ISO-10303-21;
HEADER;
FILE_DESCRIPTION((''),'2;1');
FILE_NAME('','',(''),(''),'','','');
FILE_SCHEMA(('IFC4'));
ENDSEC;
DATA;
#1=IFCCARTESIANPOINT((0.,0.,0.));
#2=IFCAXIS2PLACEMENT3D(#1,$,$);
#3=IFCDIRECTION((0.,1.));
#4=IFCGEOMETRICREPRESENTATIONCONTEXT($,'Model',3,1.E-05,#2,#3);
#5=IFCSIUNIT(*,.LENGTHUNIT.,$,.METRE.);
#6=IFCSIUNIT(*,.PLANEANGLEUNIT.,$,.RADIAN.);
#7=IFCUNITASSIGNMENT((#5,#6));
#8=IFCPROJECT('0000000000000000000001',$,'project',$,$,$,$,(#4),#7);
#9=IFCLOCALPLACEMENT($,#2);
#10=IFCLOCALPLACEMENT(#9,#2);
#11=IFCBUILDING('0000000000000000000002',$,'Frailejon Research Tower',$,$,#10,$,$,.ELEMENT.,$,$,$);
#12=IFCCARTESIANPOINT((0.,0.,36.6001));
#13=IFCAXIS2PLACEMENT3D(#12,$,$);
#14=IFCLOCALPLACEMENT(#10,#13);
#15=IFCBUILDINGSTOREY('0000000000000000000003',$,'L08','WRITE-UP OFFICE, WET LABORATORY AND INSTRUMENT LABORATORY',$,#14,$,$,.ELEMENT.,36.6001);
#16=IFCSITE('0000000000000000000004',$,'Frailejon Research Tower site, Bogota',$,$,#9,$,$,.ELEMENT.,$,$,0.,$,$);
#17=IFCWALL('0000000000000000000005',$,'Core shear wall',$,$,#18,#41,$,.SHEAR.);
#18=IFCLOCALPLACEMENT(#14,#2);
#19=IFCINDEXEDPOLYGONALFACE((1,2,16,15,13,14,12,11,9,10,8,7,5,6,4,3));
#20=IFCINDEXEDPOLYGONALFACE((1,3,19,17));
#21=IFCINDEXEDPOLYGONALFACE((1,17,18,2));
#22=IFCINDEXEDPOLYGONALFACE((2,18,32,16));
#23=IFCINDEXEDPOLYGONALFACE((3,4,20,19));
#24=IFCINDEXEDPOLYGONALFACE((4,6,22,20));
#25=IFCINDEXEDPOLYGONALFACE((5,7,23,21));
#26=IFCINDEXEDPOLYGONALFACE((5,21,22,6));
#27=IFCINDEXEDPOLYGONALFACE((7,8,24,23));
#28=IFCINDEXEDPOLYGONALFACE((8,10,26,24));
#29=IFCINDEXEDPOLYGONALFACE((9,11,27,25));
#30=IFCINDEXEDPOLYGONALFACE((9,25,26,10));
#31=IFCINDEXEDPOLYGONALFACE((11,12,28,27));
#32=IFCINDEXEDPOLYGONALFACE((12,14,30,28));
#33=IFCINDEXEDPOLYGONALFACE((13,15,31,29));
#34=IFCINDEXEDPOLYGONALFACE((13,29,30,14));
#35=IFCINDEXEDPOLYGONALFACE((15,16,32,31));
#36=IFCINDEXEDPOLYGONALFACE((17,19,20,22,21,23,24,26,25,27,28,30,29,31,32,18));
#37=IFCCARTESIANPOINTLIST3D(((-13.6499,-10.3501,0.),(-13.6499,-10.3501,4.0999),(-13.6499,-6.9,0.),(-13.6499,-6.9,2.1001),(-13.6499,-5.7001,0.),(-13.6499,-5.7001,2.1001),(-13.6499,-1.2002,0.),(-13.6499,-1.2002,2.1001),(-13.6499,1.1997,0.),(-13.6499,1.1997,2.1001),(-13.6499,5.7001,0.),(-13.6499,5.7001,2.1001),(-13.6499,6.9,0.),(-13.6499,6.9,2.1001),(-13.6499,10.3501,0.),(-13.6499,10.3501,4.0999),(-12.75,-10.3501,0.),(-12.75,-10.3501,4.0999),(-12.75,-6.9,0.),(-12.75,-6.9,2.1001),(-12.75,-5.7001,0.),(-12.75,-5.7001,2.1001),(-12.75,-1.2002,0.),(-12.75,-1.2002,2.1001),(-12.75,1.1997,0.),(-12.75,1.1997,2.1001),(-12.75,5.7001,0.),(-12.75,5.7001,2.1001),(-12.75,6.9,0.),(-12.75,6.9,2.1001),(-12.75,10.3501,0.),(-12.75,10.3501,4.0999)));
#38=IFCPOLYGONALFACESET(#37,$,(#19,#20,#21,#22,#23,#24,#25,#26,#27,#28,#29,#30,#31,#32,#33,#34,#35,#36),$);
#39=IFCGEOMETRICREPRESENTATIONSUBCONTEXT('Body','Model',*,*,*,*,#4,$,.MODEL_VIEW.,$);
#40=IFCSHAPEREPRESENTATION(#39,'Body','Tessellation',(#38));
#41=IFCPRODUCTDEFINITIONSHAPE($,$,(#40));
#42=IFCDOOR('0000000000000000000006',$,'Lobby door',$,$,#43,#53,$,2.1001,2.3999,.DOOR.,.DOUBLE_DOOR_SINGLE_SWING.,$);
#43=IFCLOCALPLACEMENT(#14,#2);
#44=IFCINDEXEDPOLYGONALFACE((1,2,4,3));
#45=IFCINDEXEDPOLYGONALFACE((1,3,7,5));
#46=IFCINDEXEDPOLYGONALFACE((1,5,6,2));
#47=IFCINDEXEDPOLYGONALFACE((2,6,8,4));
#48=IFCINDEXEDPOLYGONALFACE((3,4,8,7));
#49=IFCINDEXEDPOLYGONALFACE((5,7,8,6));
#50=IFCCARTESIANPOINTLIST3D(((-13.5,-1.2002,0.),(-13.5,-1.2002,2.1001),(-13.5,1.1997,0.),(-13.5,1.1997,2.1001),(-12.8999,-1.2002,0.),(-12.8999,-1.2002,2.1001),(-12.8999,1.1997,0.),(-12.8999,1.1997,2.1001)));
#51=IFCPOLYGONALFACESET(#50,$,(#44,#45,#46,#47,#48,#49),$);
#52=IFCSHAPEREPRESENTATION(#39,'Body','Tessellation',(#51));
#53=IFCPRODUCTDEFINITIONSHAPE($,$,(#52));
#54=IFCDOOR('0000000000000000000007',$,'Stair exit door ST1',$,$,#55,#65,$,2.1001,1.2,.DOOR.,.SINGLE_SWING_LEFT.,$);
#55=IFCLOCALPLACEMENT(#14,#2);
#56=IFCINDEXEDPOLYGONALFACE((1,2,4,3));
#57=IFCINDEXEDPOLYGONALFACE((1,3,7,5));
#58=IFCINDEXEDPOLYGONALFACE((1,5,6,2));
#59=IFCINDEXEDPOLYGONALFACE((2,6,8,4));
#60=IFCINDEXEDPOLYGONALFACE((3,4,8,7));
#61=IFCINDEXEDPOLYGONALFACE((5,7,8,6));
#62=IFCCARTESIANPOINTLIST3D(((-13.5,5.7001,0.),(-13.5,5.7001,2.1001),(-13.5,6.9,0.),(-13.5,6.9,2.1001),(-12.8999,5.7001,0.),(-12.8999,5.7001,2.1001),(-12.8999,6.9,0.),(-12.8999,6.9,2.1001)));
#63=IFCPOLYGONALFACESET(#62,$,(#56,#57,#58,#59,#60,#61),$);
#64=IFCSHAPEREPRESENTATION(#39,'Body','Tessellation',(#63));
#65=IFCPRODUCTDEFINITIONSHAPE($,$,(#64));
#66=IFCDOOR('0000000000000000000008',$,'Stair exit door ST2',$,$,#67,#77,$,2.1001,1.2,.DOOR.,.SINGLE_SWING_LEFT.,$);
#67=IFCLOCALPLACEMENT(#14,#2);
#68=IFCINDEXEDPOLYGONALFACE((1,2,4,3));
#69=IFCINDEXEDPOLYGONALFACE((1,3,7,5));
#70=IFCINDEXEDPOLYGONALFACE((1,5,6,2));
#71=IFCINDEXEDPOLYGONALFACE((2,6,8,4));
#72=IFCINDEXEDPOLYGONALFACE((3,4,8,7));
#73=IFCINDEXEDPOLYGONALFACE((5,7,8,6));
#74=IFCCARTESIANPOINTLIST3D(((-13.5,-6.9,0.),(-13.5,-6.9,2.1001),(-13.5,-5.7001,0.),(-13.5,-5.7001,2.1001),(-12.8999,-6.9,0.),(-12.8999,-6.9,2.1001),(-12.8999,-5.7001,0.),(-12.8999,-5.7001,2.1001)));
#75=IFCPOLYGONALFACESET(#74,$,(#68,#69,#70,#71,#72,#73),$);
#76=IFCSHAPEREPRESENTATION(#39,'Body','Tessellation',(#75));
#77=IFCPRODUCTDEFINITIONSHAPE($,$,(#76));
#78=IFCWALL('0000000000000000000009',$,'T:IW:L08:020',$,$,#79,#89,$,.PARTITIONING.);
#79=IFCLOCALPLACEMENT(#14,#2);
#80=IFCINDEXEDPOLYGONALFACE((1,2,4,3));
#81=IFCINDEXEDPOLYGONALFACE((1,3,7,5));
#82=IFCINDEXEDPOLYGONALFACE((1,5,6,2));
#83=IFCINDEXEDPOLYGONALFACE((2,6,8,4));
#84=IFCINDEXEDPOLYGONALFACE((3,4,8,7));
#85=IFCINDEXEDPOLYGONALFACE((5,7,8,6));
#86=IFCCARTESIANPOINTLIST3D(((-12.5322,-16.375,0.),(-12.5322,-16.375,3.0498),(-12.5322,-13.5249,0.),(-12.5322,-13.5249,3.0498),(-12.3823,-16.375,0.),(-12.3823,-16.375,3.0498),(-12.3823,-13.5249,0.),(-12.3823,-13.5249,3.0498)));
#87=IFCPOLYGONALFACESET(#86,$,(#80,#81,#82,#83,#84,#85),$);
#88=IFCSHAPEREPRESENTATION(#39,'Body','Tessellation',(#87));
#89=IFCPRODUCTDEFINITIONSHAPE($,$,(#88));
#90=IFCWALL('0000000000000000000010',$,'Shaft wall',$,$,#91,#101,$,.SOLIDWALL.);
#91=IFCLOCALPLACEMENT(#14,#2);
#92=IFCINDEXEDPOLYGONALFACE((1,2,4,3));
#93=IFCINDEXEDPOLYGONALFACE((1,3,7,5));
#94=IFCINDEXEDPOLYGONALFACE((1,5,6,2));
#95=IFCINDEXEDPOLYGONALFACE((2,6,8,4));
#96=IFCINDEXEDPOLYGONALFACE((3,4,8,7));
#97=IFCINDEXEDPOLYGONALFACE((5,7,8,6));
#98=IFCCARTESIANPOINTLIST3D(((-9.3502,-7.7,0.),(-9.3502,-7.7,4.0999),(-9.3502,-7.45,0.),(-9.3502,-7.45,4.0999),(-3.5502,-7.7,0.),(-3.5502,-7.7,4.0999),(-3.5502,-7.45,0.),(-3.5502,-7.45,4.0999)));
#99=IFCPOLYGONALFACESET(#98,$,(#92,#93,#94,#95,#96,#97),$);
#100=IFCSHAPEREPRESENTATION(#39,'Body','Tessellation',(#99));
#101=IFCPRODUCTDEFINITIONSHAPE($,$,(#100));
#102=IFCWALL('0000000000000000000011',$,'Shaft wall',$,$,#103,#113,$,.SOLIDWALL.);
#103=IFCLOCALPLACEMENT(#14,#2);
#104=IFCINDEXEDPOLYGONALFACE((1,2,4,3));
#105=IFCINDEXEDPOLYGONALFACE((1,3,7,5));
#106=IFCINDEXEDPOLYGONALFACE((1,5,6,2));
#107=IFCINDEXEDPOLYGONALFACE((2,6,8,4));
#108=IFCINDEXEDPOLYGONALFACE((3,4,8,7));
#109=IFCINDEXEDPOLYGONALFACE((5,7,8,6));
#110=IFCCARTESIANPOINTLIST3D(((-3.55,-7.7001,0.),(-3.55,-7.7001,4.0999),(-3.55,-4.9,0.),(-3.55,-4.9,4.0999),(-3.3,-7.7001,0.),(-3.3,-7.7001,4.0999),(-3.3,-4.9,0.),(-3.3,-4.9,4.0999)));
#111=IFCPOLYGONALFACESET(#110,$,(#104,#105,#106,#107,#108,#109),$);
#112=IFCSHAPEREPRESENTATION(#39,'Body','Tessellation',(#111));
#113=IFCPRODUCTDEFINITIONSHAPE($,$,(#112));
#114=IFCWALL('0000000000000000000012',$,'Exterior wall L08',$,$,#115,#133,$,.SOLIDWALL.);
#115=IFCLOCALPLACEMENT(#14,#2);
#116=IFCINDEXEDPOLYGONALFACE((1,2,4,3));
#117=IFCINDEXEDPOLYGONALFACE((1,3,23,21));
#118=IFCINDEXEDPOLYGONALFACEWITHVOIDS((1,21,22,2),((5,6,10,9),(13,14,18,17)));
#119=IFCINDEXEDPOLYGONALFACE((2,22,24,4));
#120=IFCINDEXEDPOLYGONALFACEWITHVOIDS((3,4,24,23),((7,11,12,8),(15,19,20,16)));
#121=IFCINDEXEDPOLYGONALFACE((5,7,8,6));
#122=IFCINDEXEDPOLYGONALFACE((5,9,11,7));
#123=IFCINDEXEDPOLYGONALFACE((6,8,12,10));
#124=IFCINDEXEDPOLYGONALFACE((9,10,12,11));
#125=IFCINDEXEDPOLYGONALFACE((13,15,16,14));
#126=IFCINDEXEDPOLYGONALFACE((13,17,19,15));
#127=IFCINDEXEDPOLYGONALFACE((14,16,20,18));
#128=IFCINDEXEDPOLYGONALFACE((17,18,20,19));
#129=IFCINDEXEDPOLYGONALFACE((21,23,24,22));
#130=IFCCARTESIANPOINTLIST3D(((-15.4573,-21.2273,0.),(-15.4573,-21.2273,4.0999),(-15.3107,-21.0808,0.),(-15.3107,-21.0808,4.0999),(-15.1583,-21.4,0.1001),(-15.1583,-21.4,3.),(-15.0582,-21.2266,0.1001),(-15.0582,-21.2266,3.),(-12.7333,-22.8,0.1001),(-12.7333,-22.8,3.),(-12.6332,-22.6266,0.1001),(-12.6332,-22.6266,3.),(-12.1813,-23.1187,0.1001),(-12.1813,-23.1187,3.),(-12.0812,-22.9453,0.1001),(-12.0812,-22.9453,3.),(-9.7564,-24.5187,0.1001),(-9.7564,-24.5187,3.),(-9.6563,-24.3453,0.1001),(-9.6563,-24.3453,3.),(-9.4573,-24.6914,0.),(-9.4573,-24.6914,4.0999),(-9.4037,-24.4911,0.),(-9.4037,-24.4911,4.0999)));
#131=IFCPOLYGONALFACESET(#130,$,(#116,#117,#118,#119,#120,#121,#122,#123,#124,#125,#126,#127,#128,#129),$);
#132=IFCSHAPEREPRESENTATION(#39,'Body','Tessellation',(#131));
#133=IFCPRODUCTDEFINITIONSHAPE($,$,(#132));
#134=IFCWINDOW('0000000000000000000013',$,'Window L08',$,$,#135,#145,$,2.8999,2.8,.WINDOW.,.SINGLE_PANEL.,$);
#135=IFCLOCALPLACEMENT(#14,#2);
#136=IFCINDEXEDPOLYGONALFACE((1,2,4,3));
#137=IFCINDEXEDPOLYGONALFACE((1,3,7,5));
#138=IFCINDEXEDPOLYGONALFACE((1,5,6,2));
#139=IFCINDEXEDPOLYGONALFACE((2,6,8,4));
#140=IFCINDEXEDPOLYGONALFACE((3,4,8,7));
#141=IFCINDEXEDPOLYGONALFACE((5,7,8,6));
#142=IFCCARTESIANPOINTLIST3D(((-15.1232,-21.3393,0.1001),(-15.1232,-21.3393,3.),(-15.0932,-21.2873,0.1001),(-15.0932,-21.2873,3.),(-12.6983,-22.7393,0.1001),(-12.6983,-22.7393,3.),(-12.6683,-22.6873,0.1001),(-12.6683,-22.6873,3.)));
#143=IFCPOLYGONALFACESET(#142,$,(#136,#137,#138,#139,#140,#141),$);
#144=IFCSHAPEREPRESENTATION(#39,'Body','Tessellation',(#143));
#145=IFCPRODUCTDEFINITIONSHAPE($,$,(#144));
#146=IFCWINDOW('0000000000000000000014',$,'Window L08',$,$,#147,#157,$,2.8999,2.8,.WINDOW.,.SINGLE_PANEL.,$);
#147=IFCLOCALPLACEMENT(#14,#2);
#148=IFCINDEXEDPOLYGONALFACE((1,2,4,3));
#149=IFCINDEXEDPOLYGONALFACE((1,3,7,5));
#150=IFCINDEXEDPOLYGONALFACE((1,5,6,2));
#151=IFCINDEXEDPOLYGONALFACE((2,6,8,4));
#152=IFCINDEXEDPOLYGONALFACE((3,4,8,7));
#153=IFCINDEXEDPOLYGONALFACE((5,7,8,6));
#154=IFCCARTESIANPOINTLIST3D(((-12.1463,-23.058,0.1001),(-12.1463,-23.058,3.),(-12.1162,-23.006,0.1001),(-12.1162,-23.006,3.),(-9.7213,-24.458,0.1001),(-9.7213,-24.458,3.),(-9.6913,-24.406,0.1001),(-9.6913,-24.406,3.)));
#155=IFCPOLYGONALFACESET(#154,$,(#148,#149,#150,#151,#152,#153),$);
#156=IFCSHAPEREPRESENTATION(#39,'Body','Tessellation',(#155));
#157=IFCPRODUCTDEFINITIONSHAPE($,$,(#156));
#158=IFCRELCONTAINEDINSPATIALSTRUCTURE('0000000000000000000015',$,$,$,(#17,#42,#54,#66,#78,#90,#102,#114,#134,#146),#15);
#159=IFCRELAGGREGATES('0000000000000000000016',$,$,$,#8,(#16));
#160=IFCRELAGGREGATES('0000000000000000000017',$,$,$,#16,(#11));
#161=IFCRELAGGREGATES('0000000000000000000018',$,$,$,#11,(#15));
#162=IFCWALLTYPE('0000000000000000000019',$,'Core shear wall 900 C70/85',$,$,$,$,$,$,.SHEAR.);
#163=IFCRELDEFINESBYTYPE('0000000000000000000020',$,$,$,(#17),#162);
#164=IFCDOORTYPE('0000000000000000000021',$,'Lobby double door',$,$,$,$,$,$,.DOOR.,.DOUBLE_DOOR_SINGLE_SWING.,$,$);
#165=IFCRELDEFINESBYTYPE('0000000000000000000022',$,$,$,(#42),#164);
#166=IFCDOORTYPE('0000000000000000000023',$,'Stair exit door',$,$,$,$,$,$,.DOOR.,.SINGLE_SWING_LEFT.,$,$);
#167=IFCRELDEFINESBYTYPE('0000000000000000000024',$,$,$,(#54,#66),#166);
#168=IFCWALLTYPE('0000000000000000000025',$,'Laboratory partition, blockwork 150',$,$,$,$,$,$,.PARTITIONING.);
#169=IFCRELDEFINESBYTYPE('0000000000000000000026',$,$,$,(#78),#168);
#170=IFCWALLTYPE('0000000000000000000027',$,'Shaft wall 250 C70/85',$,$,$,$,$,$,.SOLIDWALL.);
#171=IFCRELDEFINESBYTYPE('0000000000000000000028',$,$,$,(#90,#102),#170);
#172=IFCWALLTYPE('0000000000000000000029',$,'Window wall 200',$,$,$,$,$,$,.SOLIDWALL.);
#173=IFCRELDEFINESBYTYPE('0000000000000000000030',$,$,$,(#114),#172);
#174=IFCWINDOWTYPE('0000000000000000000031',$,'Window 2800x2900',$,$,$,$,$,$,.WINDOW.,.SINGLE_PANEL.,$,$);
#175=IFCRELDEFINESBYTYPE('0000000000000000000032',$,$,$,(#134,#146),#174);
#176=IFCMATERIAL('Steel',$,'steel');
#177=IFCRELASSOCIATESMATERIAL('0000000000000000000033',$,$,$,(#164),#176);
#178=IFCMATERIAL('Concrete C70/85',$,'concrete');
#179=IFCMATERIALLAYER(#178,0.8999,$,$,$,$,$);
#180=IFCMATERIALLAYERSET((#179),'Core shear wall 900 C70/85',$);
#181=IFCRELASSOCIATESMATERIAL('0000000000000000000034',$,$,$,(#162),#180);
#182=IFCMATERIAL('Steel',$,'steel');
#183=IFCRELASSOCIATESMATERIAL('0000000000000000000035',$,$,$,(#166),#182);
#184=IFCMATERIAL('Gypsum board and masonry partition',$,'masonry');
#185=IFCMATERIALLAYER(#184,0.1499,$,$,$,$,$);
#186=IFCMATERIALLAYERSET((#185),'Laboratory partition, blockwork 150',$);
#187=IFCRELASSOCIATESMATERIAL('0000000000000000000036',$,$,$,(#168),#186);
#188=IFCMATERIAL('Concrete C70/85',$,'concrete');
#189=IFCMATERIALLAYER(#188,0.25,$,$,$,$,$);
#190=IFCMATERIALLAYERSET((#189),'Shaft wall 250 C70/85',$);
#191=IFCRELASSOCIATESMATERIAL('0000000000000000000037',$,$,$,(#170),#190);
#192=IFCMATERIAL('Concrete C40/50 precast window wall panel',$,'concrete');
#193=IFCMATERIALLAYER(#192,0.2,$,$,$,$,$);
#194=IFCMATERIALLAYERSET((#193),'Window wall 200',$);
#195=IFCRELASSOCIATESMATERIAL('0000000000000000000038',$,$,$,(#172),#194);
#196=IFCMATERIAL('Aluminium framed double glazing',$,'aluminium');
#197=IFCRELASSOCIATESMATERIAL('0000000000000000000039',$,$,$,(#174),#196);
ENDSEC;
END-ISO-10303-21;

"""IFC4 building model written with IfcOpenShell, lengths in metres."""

from ifc_helpers import new_model, si_unit, direction, frame, frame_2d, origin, place, context, subcontext, project, spatial, polyline, rectangle, outline, extrude, material, layer, layer_set, type_object, element, fill, save


model = new_model("IFC4")

# Units and contexts
model_context = context("Model", 3, precision=1e-05, world=origin(), true_north=direction((0.0, 1.0)))
body_context = subcontext(model_context, "Body", "Model", "MODEL_VIEW")
ifc_project = project(units=[si_unit("LENGTHUNIT", "METRE"), si_unit("PLANEANGLEUNIT", "RADIAN")], contexts=[model_context])

# Site, building, storey
site_placement = place(None, origin())
site = spatial("IfcSite", under=ifc_project, at=site_placement, Name="Frailejon Research Tower site, Bogota", CompositionType="ELEMENT", RefElevation=0.0)
building_placement = place(site_placement, origin())
building = spatial("IfcBuilding", under=site, at=building_placement, Name="Frailejon Research Tower", CompositionType="ELEMENT")
storey_placement = place(building_placement, frame((0.0, 0.0, 36.6001)))
storey = spatial("IfcBuildingStorey", under=building, at=storey_placement, Name="L08", Description="WRITE-UP OFFICE, WET LABORATORY AND INSTRUMENT LABORATORY", CompositionType="ELEMENT", Elevation=36.6001)

# Shared definitions
ifc_material_1 = material(Name="Steel", Category="steel")
door_type_1 = type_object("IfcDoorType", Name="Lobby double door", OperationType="DOUBLE_DOOR_SINGLE_SWING", PredefinedType="DOOR", material=ifc_material_1)

# Wall, openings, doors
ifc_material_2 = material(Name="Concrete C70/85", Category="concrete")
ifc_layer_1 = layer(ifc_material_2, 0.8999)
ifc_layer_set_1 = layer_set([ifc_layer_1], Name="Core shear wall 900 C70/85")
wall_type_1 = type_object("IfcWallType", Name="Core shear wall 900 C70/85", PredefinedType="SHEAR", material=ifc_layer_set_1)
wall_1_placement = place(storey_placement, frame((-13.2, -10.3501, 0.0), z_axis=(0.0, 0.0, 1.0), x_axis=(0.0, 1.0, 0.0)))
wall_1 = element("IfcWall", 1, at=wall_1_placement, inside=storey, type_object=wall_type_1, Name="Core shear wall", PredefinedType="SHEAR", context=body_context, shape_type="SweptSolid", body=[
    extrude(rectangle(XDim=20.7002, YDim=0.8999, at=frame_2d((10.3501, 0.0))), origin(), (0.0, 0.0, 1.0), 4.0999),
])
opening_1_placement = place(wall_1_placement, frame((9.1499, 0.0, 0.0)))
opening_1 = element("IfcOpeningElement", 2, at=opening_1_placement, cuts=wall_1, PredefinedType="OPENING", context=body_context, shape_type="SweptSolid", body=[
    extrude(rectangle(XDim=2.3999, YDim=2.1001, at=frame_2d((1.2, 1.05))), frame((0.0, 0.46, 0.0), z_axis=(0.0, -1.0, 0.0), x_axis=(1.0, 0.0, 0.0)), (0.0, 0.0, 1.0), 0.9199),
])
opening_2_placement = place(wall_1_placement, frame((16.05, 0.0, 0.0)))
opening_2 = element("IfcOpeningElement", 3, at=opening_2_placement, cuts=wall_1, PredefinedType="OPENING", context=body_context, shape_type="SweptSolid", body=[
    extrude(rectangle(XDim=1.2, YDim=2.1001, at=frame_2d((0.6001, 1.05))), frame((0.0, 0.46, 0.0), z_axis=(0.0, -1.0, 0.0), x_axis=(1.0, 0.0, 0.0)), (0.0, 0.0, 1.0), 0.9199),
])
opening_3_placement = place(wall_1_placement, frame((3.45, 0.0, 0.0)))
opening_3 = element("IfcOpeningElement", 4, at=opening_3_placement, cuts=wall_1, PredefinedType="OPENING", context=body_context, shape_type="SweptSolid", body=[
    extrude(rectangle(XDim=1.2, YDim=2.1001, at=frame_2d((0.6001, 1.05))), frame((0.0, 0.46, 0.0), z_axis=(0.0, -1.0, 0.0), x_axis=(1.0, 0.0, 0.0)), (0.0, 0.0, 1.0), 0.9199),
])
door_1_placement = place(opening_1_placement, origin())
door_1 = element("IfcDoor", 5, at=door_1_placement, inside=storey, type_object=door_type_1, Name="Lobby door", OperationType="DOUBLE_DOOR_SINGLE_SWING", OverallHeight=2.1001, OverallWidth=2.3999, PredefinedType="DOOR", context=body_context, shape_type="SweptSolid", body=[
    extrude(rectangle(XDim=2.3999, YDim=2.1001, at=frame_2d((1.2, 1.05))), frame((0.0, 0.3, 0.0), z_axis=(0.0, -1.0, 0.0), x_axis=(1.0, 0.0, 0.0)), (0.0, 0.0, 1.0), 0.6001),
])
fill(opening_1, door_1)
ifc_material_3 = material(Name="Steel", Category="steel")
door_type_2 = type_object("IfcDoorType", Name="Stair exit door", OperationType="SINGLE_SWING_LEFT", PredefinedType="DOOR", material=ifc_material_3)
door_2_placement = place(opening_2_placement, origin())
door_2 = element("IfcDoor", 6, at=door_2_placement, inside=storey, type_object=door_type_2, Name="Stair exit door ST1", OperationType="SINGLE_SWING_LEFT", OverallHeight=2.1001, OverallWidth=1.2, PredefinedType="DOOR", context=body_context, shape_type="SweptSolid", body=[
    extrude(rectangle(XDim=1.2, YDim=2.1001, at=frame_2d((0.6001, 1.05))), frame((0.0, 0.3, 0.0), z_axis=(0.0, -1.0, 0.0), x_axis=(1.0, 0.0, 0.0)), (0.0, 0.0, 1.0), 0.6001),
])
fill(opening_2, door_2)
door_3_placement = place(opening_3_placement, origin())
door_3 = element("IfcDoor", 7, at=door_3_placement, inside=storey, type_object=door_type_2, Name="Stair exit door ST2", OperationType="SINGLE_SWING_LEFT", OverallHeight=2.1001, OverallWidth=1.2, PredefinedType="DOOR", context=body_context, shape_type="SweptSolid", body=[
    extrude(rectangle(XDim=1.2, YDim=2.1001, at=frame_2d((0.6001, 1.05))), frame((0.0, 0.3, 0.0), z_axis=(0.0, -1.0, 0.0), x_axis=(1.0, 0.0, 0.0)), (0.0, 0.0, 1.0), 0.6001),
])
fill(opening_3, door_3)

# Walls
ifc_material_4 = material(Name="Gypsum board and masonry partition", Category="masonry")
ifc_layer_2 = layer(ifc_material_4, 0.1499)
ifc_layer_set_2 = layer_set([ifc_layer_2], Name="Laboratory partition, blockwork 150")
wall_type_2 = type_object("IfcWallType", Name="Laboratory partition, blockwork 150", PredefinedType="PARTITIONING", material=ifc_layer_set_2)
wall_2_placement = place(storey_placement, frame((-12.4573, -16.375, 0.0), z_axis=(0.0, 0.0, 1.0), x_axis=(0.0, 1.0, 0.0)))
element("IfcWall", 8, at=wall_2_placement, inside=storey, type_object=wall_type_2, Name="T:IW:L08:020", PredefinedType="PARTITIONING", context=body_context, shape_type="SweptSolid", body=[
    extrude(rectangle(XDim=2.8501, YDim=0.1499, at=frame_2d((1.425, 0.0))), origin(), (0.0, 0.0, 1.0), 3.0498),
])
ifc_material_5 = material(Name="Concrete C70/85", Category="concrete")
ifc_layer_3 = layer(ifc_material_5, 0.25)
ifc_layer_set_3 = layer_set([ifc_layer_3], Name="Shaft wall 250 C70/85")
wall_type_3 = type_object("IfcWallType", Name="Shaft wall 250 C70/85", PredefinedType="SOLIDWALL", material=ifc_layer_set_3)
wall_3_placement = place(storey_placement, frame((-9.3501, -7.575, 0.0), z_axis=(0.0, 0.0, 1.0), x_axis=(1.0, 0.0, 0.0)))
element("IfcWall", 9, at=wall_3_placement, inside=storey, type_object=wall_type_3, Name="Shaft wall", PredefinedType="SOLIDWALL", context=body_context, shape_type="SweptSolid", body=[
    extrude(rectangle(XDim=5.8, YDim=0.25, at=frame_2d((2.8999, 0.0))), origin(), (0.0, 0.0, 1.0), 4.0999),
])
wall_4_placement = place(storey_placement, frame((-3.425, -7.7, 0.0), z_axis=(0.0, 0.0, 1.0), x_axis=(0.0, 1.0, 0.0)))
element("IfcWall", 10, at=wall_4_placement, inside=storey, type_object=wall_type_3, Name="Shaft wall", PredefinedType="SOLIDWALL", context=body_context, shape_type="SweptSolid", body=[
    extrude(rectangle(XDim=2.8, YDim=0.25, at=frame_2d((1.3999, 0.0))), origin(), (0.0, 0.0, 1.0), 4.0999),
])

# Wall, openings, windows
ifc_material_6 = material(Name="Concrete C40/50 precast window wall panel", Category="concrete")
ifc_layer_4 = layer(ifc_material_6, 0.2)
ifc_layer_set_4 = layer_set([ifc_layer_4], Name="Window wall 200")
wall_type_4 = type_object("IfcWallType", Name="Window wall 200", PredefinedType="SOLIDWALL", material=ifc_layer_set_4)
wall_5_placement = place(storey_placement, frame((-15.384, -21.1541, 0.0), z_axis=(0.0, 0.0, 1.0), x_axis=(0.866029, -0.499993, 0.0)))
wall_5 = element("IfcWall", 11, at=wall_5_placement, inside=storey, type_object=wall_type_4, Name="Exterior wall L08", PredefinedType="SOLIDWALL", context=body_context, shape_type="SweptSolid", body=[
    extrude(outline(polyline([(-0.0269, -0.1001), (1.1279, -0.1001), (2.2825, -0.1001), (3.4373, -0.1001), (4.592, -0.1001), (5.7466, -0.1001), (6.9014, -0.1001), (6.8477, 0.1001), (5.7109, 0.1001), (4.574, 0.1001), (3.4373, 0.1001), (2.3005, 0.1001), (1.1636, 0.1001), (0.0269, 0.1001), (-0.0269, -0.1001)])), origin(), (0.0, 0.0, 1.0), 4.0999),
])
opening_4_placement = place(wall_5_placement, frame((0.3186, 0.0, 0.1001)))
opening_4 = element("IfcOpeningElement", 12, at=opening_4_placement, cuts=wall_5, PredefinedType="OPENING", context=body_context, shape_type="SweptSolid", body=[
    extrude(rectangle(XDim=2.8, YDim=2.8999, at=frame_2d((1.3999, 1.45))), frame((0.0, 0.1099, 0.0), z_axis=(0.0, -1.0, 0.0), x_axis=(1.0, 0.0, 0.0)), (0.0, 0.0, 1.0), 0.22),
])
opening_5_placement = place(wall_5_placement, frame((3.7561, 0.0, 0.1001)))
opening_5 = element("IfcOpeningElement", 13, at=opening_5_placement, cuts=wall_5, PredefinedType="OPENING", context=body_context, shape_type="SweptSolid", body=[
    extrude(rectangle(XDim=2.8, YDim=2.8999, at=frame_2d((1.3999, 1.45))), frame((0.0, 0.1099, 0.0), z_axis=(0.0, -1.0, 0.0), x_axis=(1.0, 0.0, 0.0)), (0.0, 0.0, 1.0), 0.22),
])
ifc_material_7 = material(Name="Aluminium framed double glazing", Category="aluminium")
window_type = type_object("IfcWindowType", Name="Window 2800x2900", PartitioningType="SINGLE_PANEL", PredefinedType="WINDOW", material=ifc_material_7)
window_1_placement = place(opening_4_placement, origin())
window_1 = element("IfcWindow", 14, at=window_1_placement, inside=storey, type_object=window_type, Name="Window L08", OverallHeight=2.8999, OverallWidth=2.8, PartitioningType="SINGLE_PANEL", PredefinedType="WINDOW", context=body_context, shape_type="SweptSolid", body=[
    extrude(rectangle(XDim=2.8, YDim=2.8999, at=frame_2d((1.3999, 1.45))), frame((0.0, 0.03, 0.0), z_axis=(0.0, -1.0, 0.0), x_axis=(1.0, 0.0, 0.0)), (0.0, 0.0, 1.0), 0.0601),
])
fill(opening_4, window_1)
window_2_placement = place(opening_5_placement, origin())
window_2 = element("IfcWindow", 15, at=window_2_placement, inside=storey, type_object=window_type, Name="Window L08", OverallHeight=2.8999, OverallWidth=2.8, PartitioningType="SINGLE_PANEL", PredefinedType="WINDOW", context=body_context, shape_type="SweptSolid", body=[
    extrude(rectangle(XDim=2.8, YDim=2.8999, at=frame_2d((1.3999, 1.45))), frame((0.0, 0.03, 0.0), z_axis=(0.0, -1.0, 0.0), x_axis=(1.0, 0.0, 0.0)), (0.0, 0.0, 1.0), 0.0601),
])
fill(opening_5, window_2)

save(model, "model.ifc")
